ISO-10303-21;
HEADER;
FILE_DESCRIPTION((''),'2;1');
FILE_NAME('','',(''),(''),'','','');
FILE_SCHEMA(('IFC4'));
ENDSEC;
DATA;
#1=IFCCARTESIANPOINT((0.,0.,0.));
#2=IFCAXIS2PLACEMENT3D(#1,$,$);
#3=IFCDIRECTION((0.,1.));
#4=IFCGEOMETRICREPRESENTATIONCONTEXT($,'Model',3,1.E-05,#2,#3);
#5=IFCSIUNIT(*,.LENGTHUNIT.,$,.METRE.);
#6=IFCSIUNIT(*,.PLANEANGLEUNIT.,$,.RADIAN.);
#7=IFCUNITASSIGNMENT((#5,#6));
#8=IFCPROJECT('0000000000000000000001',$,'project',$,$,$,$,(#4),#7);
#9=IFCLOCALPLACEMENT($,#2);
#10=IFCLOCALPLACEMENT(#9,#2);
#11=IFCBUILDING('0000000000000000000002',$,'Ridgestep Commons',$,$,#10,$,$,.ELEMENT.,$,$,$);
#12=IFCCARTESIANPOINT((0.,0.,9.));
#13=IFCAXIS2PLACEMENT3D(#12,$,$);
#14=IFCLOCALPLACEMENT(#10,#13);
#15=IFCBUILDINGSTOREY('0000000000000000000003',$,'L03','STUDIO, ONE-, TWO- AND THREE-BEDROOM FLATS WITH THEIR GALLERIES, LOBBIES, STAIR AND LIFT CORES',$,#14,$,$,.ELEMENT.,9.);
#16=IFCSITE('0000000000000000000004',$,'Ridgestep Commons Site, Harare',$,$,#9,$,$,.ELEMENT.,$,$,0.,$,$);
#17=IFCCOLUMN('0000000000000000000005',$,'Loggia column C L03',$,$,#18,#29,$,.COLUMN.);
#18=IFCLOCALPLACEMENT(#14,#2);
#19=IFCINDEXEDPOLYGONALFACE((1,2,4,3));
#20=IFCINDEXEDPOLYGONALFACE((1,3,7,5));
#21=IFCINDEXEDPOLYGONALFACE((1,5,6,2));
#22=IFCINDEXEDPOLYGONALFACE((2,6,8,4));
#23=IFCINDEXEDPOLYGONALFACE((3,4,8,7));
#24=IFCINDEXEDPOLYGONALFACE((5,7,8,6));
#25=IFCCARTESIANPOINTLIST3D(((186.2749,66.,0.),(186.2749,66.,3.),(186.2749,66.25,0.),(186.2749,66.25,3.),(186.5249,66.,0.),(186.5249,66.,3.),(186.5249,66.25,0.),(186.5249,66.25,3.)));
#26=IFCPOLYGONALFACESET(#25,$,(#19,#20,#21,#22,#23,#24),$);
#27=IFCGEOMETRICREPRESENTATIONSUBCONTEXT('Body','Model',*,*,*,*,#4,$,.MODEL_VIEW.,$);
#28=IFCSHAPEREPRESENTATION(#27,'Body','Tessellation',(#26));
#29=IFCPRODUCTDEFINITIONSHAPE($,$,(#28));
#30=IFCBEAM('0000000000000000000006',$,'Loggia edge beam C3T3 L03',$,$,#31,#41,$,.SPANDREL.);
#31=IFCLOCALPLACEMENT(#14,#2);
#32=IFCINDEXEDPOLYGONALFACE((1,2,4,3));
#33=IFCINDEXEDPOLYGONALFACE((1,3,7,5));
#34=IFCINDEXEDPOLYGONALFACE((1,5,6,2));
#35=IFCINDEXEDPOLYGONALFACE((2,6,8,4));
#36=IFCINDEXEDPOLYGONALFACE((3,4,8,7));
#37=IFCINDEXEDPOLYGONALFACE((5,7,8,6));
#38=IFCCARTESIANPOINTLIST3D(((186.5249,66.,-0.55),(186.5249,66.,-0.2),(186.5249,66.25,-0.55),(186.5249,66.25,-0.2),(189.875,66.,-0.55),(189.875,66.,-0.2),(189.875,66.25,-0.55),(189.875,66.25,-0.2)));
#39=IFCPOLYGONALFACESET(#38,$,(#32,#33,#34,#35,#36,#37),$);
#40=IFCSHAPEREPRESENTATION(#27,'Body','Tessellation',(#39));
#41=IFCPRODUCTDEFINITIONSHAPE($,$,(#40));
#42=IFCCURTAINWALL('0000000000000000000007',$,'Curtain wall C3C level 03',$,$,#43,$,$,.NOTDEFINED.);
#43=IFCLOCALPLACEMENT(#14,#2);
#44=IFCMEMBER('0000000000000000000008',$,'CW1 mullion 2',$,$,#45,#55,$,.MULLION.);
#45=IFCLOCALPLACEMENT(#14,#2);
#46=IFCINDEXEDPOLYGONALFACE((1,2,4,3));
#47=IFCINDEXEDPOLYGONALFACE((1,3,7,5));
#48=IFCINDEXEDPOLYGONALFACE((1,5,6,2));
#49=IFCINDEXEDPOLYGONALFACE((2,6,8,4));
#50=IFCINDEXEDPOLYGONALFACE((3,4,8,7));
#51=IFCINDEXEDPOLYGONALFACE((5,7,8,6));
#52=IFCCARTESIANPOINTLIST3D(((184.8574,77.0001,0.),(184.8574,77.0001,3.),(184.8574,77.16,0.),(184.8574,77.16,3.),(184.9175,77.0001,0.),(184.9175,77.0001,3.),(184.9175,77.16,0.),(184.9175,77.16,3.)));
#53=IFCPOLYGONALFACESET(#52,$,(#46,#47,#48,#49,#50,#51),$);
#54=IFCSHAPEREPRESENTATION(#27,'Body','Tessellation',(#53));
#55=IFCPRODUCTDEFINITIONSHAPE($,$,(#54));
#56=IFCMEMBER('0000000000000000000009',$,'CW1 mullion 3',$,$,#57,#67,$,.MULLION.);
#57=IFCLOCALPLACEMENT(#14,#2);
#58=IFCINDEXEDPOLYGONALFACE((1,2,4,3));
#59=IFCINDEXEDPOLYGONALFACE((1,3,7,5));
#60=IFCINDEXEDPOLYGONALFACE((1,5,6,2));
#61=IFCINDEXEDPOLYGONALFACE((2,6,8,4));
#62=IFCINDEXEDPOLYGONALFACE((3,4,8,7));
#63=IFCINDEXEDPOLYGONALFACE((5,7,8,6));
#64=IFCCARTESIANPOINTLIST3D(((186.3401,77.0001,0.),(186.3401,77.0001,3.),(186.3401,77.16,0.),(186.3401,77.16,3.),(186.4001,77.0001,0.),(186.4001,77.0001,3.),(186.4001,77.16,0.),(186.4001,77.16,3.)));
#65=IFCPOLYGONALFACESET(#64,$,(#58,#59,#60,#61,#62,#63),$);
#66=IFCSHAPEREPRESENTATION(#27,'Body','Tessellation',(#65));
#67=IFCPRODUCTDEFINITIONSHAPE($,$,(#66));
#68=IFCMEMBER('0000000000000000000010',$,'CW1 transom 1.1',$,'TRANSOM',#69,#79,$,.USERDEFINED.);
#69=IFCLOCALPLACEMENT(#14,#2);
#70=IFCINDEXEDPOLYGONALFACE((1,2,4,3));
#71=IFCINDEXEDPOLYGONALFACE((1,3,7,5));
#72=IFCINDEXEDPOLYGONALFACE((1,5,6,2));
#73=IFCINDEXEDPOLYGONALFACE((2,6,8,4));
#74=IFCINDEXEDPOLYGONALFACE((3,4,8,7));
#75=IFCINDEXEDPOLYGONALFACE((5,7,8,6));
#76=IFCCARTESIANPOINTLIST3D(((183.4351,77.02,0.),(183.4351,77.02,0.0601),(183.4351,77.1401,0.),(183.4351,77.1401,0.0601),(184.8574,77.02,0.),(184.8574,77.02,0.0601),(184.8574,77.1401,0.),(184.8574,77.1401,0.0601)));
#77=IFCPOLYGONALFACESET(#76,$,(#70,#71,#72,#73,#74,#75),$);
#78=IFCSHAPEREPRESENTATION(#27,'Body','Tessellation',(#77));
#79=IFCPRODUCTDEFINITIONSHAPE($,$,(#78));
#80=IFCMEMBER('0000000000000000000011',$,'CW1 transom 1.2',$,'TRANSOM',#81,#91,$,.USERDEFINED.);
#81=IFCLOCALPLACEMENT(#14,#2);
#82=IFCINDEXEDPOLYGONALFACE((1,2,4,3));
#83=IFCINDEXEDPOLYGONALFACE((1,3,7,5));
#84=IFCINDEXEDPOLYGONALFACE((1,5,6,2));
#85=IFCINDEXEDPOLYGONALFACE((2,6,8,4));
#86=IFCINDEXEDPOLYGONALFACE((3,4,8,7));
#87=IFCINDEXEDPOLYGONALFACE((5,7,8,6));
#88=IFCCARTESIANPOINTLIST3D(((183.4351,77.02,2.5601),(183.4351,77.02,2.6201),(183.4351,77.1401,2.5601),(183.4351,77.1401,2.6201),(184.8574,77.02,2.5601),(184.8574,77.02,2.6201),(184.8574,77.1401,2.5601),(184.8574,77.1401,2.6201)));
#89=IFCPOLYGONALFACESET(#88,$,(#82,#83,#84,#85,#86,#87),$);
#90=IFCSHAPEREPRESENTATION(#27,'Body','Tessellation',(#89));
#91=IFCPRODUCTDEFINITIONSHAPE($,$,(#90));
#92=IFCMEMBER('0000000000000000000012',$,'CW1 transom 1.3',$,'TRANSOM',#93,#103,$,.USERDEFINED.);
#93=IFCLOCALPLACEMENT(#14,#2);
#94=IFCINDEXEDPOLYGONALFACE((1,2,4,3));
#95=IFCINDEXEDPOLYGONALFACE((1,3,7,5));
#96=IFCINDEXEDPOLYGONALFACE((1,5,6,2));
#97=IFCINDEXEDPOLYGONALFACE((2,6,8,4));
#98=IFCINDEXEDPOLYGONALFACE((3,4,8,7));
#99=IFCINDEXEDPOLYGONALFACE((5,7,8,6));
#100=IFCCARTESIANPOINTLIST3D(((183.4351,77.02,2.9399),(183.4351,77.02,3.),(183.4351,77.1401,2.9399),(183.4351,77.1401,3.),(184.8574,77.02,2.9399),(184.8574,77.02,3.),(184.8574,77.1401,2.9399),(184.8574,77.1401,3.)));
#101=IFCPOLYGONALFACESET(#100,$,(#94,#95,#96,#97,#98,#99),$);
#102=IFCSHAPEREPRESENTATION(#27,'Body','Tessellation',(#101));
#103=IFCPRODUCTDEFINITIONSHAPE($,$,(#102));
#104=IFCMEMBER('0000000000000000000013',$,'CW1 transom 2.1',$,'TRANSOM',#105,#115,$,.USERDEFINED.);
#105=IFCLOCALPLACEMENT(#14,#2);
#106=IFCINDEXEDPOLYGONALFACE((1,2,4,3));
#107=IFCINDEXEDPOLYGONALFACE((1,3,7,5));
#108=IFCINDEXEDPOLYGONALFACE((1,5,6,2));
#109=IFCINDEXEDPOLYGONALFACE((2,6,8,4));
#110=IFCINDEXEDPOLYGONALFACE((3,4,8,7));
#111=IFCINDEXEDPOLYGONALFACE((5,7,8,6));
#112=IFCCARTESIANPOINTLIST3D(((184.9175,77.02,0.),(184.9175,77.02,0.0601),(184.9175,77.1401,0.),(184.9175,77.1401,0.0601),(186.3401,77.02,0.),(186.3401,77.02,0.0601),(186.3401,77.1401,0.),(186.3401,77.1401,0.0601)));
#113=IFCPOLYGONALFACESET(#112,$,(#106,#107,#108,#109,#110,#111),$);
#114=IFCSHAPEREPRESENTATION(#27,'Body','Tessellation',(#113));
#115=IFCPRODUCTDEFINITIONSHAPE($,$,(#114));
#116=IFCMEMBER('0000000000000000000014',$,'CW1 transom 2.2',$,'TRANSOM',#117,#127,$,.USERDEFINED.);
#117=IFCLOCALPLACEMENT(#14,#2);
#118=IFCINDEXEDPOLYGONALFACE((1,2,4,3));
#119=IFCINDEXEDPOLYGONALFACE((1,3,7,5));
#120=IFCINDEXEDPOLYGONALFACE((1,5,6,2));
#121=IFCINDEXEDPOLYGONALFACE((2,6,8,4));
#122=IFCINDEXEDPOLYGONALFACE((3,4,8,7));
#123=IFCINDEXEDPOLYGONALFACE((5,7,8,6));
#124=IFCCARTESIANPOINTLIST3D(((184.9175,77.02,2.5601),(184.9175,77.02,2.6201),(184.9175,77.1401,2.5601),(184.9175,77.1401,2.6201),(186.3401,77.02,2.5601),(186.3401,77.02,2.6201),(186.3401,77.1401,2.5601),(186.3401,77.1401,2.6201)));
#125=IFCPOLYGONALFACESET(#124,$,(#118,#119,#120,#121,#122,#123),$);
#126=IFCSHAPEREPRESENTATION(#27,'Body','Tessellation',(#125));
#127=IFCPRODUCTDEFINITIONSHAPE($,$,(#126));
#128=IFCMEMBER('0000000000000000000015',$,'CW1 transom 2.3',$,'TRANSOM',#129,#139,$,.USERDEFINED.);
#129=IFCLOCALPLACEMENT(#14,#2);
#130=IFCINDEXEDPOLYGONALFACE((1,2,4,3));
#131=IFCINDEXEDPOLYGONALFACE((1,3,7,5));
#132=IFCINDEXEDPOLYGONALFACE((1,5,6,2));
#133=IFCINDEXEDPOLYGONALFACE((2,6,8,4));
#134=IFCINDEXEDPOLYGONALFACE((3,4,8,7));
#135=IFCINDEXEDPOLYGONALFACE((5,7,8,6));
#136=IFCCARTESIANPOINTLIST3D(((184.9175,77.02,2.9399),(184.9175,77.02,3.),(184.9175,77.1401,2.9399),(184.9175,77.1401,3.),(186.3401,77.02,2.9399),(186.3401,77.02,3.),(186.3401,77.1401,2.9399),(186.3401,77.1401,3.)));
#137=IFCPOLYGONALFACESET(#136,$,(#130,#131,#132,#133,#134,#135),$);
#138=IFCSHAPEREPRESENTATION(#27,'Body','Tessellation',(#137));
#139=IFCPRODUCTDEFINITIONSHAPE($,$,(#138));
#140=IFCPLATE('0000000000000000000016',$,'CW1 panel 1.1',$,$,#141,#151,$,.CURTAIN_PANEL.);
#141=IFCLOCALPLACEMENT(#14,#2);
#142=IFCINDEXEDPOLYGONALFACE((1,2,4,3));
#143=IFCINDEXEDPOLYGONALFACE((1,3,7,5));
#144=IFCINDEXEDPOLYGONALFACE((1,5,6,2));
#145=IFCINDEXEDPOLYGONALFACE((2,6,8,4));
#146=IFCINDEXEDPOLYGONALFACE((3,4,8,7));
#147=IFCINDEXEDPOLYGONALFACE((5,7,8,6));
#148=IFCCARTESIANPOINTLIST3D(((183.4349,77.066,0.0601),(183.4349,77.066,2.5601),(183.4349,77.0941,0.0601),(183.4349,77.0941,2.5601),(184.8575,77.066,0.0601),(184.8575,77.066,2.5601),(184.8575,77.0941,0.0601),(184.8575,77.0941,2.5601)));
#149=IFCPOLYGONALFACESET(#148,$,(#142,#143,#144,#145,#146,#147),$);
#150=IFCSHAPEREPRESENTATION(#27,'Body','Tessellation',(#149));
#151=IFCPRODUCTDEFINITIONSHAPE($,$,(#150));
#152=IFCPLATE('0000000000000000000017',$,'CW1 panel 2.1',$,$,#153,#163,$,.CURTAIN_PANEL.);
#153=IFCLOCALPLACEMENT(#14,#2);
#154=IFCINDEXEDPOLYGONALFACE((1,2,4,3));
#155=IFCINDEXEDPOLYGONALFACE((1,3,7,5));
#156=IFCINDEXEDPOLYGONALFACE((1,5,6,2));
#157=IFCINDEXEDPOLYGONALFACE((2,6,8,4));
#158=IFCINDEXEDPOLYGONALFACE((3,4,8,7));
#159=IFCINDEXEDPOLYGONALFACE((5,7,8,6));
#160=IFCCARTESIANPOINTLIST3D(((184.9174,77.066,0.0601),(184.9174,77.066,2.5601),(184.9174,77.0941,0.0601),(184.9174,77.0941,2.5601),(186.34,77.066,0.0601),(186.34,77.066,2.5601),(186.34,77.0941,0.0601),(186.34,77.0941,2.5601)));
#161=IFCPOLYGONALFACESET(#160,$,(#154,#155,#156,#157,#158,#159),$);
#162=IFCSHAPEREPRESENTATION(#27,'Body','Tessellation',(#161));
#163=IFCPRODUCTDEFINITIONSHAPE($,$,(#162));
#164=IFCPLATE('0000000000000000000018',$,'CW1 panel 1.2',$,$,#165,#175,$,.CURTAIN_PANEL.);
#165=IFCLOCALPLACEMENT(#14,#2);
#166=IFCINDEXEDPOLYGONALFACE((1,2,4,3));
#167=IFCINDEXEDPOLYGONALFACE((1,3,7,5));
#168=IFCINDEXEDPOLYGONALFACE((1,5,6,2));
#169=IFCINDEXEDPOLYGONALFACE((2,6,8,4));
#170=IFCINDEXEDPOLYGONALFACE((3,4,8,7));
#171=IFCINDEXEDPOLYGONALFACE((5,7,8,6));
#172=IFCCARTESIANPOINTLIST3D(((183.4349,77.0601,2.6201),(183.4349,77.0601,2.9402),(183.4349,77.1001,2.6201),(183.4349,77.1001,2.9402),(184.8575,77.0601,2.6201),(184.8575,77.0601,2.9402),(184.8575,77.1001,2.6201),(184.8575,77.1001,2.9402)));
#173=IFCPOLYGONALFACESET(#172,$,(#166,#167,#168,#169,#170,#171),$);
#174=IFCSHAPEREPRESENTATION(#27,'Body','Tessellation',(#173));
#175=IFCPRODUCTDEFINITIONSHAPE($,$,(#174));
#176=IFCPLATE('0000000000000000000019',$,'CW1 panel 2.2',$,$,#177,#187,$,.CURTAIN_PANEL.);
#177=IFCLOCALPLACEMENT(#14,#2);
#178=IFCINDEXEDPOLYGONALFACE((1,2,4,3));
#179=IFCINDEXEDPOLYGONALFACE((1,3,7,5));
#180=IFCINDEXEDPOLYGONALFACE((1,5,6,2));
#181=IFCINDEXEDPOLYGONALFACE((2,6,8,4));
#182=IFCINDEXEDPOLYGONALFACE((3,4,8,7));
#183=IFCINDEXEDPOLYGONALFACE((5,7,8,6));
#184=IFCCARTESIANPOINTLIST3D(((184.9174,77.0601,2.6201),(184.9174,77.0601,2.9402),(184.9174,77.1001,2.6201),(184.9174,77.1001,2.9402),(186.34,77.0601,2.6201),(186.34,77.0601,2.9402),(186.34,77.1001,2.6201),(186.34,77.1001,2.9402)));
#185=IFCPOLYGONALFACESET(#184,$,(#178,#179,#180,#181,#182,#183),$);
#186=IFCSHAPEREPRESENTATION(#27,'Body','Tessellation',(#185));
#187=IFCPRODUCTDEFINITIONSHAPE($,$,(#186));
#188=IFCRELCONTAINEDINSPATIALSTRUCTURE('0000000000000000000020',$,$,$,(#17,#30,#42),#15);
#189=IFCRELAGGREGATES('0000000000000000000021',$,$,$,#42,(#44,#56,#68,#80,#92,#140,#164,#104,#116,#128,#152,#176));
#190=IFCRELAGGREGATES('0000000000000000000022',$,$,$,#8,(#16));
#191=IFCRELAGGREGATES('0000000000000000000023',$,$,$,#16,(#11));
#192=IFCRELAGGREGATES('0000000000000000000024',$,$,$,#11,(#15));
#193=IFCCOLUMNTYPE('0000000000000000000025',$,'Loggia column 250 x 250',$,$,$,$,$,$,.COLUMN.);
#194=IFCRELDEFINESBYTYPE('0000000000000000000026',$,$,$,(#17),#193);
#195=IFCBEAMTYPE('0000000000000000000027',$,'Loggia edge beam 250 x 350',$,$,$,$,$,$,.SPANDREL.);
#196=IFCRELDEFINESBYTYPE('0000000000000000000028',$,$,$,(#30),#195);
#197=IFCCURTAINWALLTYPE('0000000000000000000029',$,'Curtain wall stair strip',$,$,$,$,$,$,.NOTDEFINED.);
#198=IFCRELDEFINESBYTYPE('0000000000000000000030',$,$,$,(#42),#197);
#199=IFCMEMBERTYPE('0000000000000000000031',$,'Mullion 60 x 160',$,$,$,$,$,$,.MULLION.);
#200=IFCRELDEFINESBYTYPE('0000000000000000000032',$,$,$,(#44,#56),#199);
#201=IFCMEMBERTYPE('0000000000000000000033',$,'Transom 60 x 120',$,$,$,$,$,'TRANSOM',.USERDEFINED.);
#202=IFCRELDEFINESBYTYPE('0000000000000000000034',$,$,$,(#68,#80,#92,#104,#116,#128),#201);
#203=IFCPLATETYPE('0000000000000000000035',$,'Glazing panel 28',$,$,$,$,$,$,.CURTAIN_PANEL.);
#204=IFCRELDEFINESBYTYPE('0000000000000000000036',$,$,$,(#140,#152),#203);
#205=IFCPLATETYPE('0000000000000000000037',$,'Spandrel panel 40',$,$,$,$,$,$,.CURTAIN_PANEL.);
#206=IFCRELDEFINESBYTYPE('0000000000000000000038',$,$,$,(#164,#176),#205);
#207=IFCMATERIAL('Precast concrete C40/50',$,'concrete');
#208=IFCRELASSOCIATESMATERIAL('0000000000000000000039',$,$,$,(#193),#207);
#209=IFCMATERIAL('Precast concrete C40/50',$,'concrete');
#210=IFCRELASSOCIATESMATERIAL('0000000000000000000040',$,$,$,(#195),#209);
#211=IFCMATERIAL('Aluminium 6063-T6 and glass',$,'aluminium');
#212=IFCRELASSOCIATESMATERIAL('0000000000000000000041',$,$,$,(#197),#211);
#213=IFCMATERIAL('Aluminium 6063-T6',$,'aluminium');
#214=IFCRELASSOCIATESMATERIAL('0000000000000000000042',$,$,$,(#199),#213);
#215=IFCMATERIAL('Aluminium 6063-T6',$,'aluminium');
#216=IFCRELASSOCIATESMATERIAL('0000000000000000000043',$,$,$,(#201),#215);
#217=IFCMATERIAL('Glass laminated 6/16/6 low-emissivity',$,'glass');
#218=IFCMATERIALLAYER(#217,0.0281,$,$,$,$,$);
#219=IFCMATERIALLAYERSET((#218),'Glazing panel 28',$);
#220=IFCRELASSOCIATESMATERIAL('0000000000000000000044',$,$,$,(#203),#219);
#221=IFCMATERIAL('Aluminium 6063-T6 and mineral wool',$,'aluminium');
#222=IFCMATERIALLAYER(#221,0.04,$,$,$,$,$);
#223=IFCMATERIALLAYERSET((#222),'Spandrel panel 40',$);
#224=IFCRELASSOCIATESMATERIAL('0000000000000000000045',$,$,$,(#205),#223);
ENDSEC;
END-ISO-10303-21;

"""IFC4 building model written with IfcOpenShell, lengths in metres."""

from ifc_helpers import new_model, si_unit, direction, frame, origin, origin_2d, place, context, subcontext, project, spatial, rectangle, extrude, material, layer, layer_set, material_profile, profile_set, type_object, element, aggregate, save


model = new_model("IFC4")

# Units and contexts
model_context = context("Model", 3, precision=1e-05, world=origin(), true_north=direction((0.0, 1.0)))
body_context = subcontext(model_context, "Body", "Model", "MODEL_VIEW")
ifc_project = project(units=[si_unit("LENGTHUNIT", "METRE"), si_unit("PLANEANGLEUNIT", "RADIAN")], contexts=[model_context])

# Site, building, storey
site_placement = place(None, origin())
site = spatial("IfcSite", under=ifc_project, at=site_placement, Name="Ridgestep Commons Site, Harare", CompositionType="ELEMENT", RefElevation=0.0)
building_placement = place(site_placement, origin())
building = spatial("IfcBuilding", under=site, at=building_placement, Name="Ridgestep Commons", CompositionType="ELEMENT")
storey_placement = place(building_placement, frame((0.0, 0.0, 9.0)))
storey = spatial("IfcBuildingStorey", under=building, at=storey_placement, Name="L03", Description="STUDIO, ONE-, TWO- AND THREE-BEDROOM FLATS WITH THEIR GALLERIES, LOBBIES, STAIR AND LIFT CORES", CompositionType="ELEMENT", Elevation=9.0)

# Column
ifc_material_1 = material(Name="Precast concrete C40/50", Category="concrete")
ifc_material_profile_1 = material_profile(ifc_material_1, rectangle(XDim=0.25, YDim=0.25, at=origin_2d()), Name="PC 250x250")
ifc_profile_set_1 = profile_set([ifc_material_profile_1], Name="Precast concrete C40/50")
column_type = type_object("IfcColumnType", Name="Loggia column 250 x 250", PredefinedType="COLUMN", material=ifc_profile_set_1)
column_placement = place(storey_placement, frame((186.3999, 66.125, 0.0), z_axis=(0.0, 0.0, 1.0), x_axis=(1.0, 0.0, 0.0)))
element("IfcColumn", 1, at=column_placement, inside=storey, type_object=column_type, Name="Loggia column C L03", PredefinedType="COLUMN", context=body_context, shape_type="SweptSolid", body=[
    extrude(rectangle(XDim=0.25, YDim=0.25, at=origin_2d()), origin(), (0.0, 0.0, 1.0), 3.0),
])

# Beam
ifc_material_2 = material(Name="Precast concrete C40/50", Category="concrete")
ifc_material_profile_2 = material_profile(ifc_material_2, rectangle(XDim=0.25, YDim=0.3501, at=origin_2d()), Name="PC 250x350")
ifc_profile_set_2 = profile_set([ifc_material_profile_2], Name="Precast concrete C40/50")
beam_type = type_object("IfcBeamType", Name="Loggia edge beam 250 x 350", PredefinedType="SPANDREL", material=ifc_profile_set_2)
beam_placement = place(storey_placement, frame((186.5249, 66.125, -0.375), z_axis=(1.0, 0.0, 0.0), x_axis=(0.0, 1.0, 0.0)))
element("IfcBeam", 2, at=beam_placement, inside=storey, type_object=beam_type, Name="Loggia edge beam C3T3 L03", PredefinedType="SPANDREL", context=body_context, shape_type="SweptSolid", body=[
    extrude(rectangle(XDim=0.25, YDim=0.3501, at=origin_2d()), origin(), (0.0, 0.0, 1.0), 3.3501),
])

# Curtain wall, members, plates
ifc_material_3 = material(Name="Aluminium 6063-T6 and glass", Category="aluminium")
curtain_wall_type = type_object("IfcCurtainWallType", Name="Curtain wall stair strip", PredefinedType="NOTDEFINED", material=ifc_material_3)
curtain_wall_placement = place(storey_placement, origin())
curtain_wall = element("IfcCurtainWall", 3, at=curtain_wall_placement, inside=storey, type_object=curtain_wall_type, Name="Curtain wall C3C level 03", PredefinedType="NOTDEFINED")
ifc_material_4 = material(Name="Aluminium 6063-T6", Category="aluminium")
ifc_material_profile_3 = material_profile(ifc_material_4, rectangle(XDim=0.1599, YDim=0.0601, at=origin_2d()), Name="Mullion 60 x 160")
ifc_profile_set_3 = profile_set([ifc_material_profile_3], Name="Aluminium 6063-T6")
member_type_1 = type_object("IfcMemberType", Name="Mullion 60 x 160", PredefinedType="MULLION", material=ifc_profile_set_3)
member_1_placement = place(storey_placement, frame((184.8875, 77.0801, 0.0), z_axis=(0.0, 0.0, 1.0), x_axis=(0.0, 1.0, 0.0)))
member_1 = element("IfcMember", 4, at=member_1_placement, type_object=member_type_1, Name="CW1 mullion 2", PredefinedType="MULLION", context=body_context, shape_type="SweptSolid", body=[
    extrude(rectangle(XDim=0.1599, YDim=0.0601, at=origin_2d()), origin(), (0.0, 0.0, 1.0), 3.0),
])
member_2_placement = place(storey_placement, frame((186.3701, 77.0801, 0.0), z_axis=(0.0, 0.0, 1.0), x_axis=(0.0, 1.0, 0.0)))
member_2 = element("IfcMember", 5, at=member_2_placement, type_object=member_type_1, Name="CW1 mullion 3", PredefinedType="MULLION", context=body_context, shape_type="SweptSolid", body=[
    extrude(rectangle(XDim=0.1599, YDim=0.0601, at=origin_2d()), origin(), (0.0, 0.0, 1.0), 3.0),
])
ifc_material_5 = material(Name="Aluminium 6063-T6", Category="aluminium")
ifc_material_profile_4 = material_profile(ifc_material_5, rectangle(XDim=0.1201, YDim=0.0601, at=origin_2d()), Name="Transom 60 x 120")
ifc_profile_set_4 = profile_set([ifc_material_profile_4], Name="Aluminium 6063-T6")
member_type_2 = type_object("IfcMemberType", Name="Transom 60 x 120", ElementType="TRANSOM", PredefinedType="USERDEFINED", material=ifc_profile_set_4)
member_3_placement = place(storey_placement, frame((183.4351, 77.0801, 0.03), z_axis=(1.0, 0.0, 0.0), x_axis=(0.0, 1.0, 0.0)))
member_3 = element("IfcMember", 6, at=member_3_placement, type_object=member_type_2, Name="CW1 transom 1.1", ObjectType="TRANSOM", PredefinedType="USERDEFINED", context=body_context, shape_type="SweptSolid", body=[
    extrude(rectangle(XDim=0.1201, YDim=0.0601, at=origin_2d()), origin(), (0.0, 0.0, 1.0), 1.4224),
])
member_4_placement = place(storey_placement, frame((183.4351, 77.0801, 2.5901), z_axis=(1.0, 0.0, 0.0), x_axis=(0.0, 1.0, 0.0)))
member_4 = element("IfcMember", 7, at=member_4_placement, type_object=member_type_2, Name="CW1 transom 1.2", ObjectType="TRANSOM", PredefinedType="USERDEFINED", context=body_context, shape_type="SweptSolid", body=[
    extrude(rectangle(XDim=0.1201, YDim=0.0601, at=origin_2d()), origin(), (0.0, 0.0, 1.0), 1.4224),
])
member_5_placement = place(storey_placement, frame((183.4351, 77.0801, 2.97), z_axis=(1.0, 0.0, 0.0), x_axis=(0.0, 1.0, 0.0)))
member_5 = element("IfcMember", 8, at=member_5_placement, type_object=member_type_2, Name="CW1 transom 1.3", ObjectType="TRANSOM", PredefinedType="USERDEFINED", context=body_context, shape_type="SweptSolid", body=[
    extrude(rectangle(XDim=0.1201, YDim=0.0601, at=origin_2d()), origin(), (0.0, 0.0, 1.0), 1.4224),
])
member_6_placement = place(storey_placement, frame((184.9175, 77.0801, 0.03), z_axis=(1.0, 0.0, 0.0), x_axis=(0.0, 1.0, 0.0)))
member_6 = element("IfcMember", 9, at=member_6_placement, type_object=member_type_2, Name="CW1 transom 2.1", ObjectType="TRANSOM", PredefinedType="USERDEFINED", context=body_context, shape_type="SweptSolid", body=[
    extrude(rectangle(XDim=0.1201, YDim=0.0601, at=origin_2d()), origin(), (0.0, 0.0, 1.0), 1.4226),
])
member_7_placement = place(storey_placement, frame((184.9175, 77.0801, 2.5901), z_axis=(1.0, 0.0, 0.0), x_axis=(0.0, 1.0, 0.0)))
member_7 = element("IfcMember", 10, at=member_7_placement, type_object=member_type_2, Name="CW1 transom 2.2", ObjectType="TRANSOM", PredefinedType="USERDEFINED", context=body_context, shape_type="SweptSolid", body=[
    extrude(rectangle(XDim=0.1201, YDim=0.0601, at=origin_2d()), origin(), (0.0, 0.0, 1.0), 1.4226),
])
member_8_placement = place(storey_placement, frame((184.9175, 77.0801, 2.97), z_axis=(1.0, 0.0, 0.0), x_axis=(0.0, 1.0, 0.0)))
member_8 = element("IfcMember", 11, at=member_8_placement, type_object=member_type_2, Name="CW1 transom 2.3", ObjectType="TRANSOM", PredefinedType="USERDEFINED", context=body_context, shape_type="SweptSolid", body=[
    extrude(rectangle(XDim=0.1201, YDim=0.0601, at=origin_2d()), origin(), (0.0, 0.0, 1.0), 1.4226),
])
ifc_material_6 = material(Name="Glass laminated 6/16/6 low-emissivity", Category="glass")
ifc_layer_1 = layer(ifc_material_6, 0.0281)
ifc_layer_set_1 = layer_set([ifc_layer_1], Name="Glazing panel 28")
plate_type_1 = type_object("IfcPlateType", Name="Glazing panel 28", PredefinedType="CURTAIN_PANEL", material=ifc_layer_set_1)
plate_1_placement = place(storey_placement, frame((184.1462, 77.0801, 0.0601), z_axis=(0.0, 0.0, 1.0), x_axis=(1.0, 0.0, 0.0)))
plate_1 = element("IfcPlate", 12, at=plate_1_placement, type_object=plate_type_1, Name="CW1 panel 1.1", PredefinedType="CURTAIN_PANEL", context=body_context, shape_type="SweptSolid", body=[
    extrude(rectangle(XDim=1.4226, YDim=0.0281, at=origin_2d()), origin(), (0.0, 0.0, 1.0), 2.5),
])
plate_2_placement = place(storey_placement, frame((185.6287, 77.0801, 0.0601), z_axis=(0.0, 0.0, 1.0), x_axis=(1.0, 0.0, 0.0)))
plate_2 = element("IfcPlate", 13, at=plate_2_placement, type_object=plate_type_1, Name="CW1 panel 2.1", PredefinedType="CURTAIN_PANEL", context=body_context, shape_type="SweptSolid", body=[
    extrude(rectangle(XDim=1.4226, YDim=0.0281, at=origin_2d()), origin(), (0.0, 0.0, 1.0), 2.5),
])
ifc_material_7 = material(Name="Aluminium 6063-T6 and mineral wool", Category="aluminium")
ifc_layer_2 = layer(ifc_material_7, 0.04)
ifc_layer_set_2 = layer_set([ifc_layer_2], Name="Spandrel panel 40")
plate_type_2 = type_object("IfcPlateType", Name="Spandrel panel 40", PredefinedType="CURTAIN_PANEL", material=ifc_layer_set_2)
plate_3_placement = place(storey_placement, frame((184.1462, 77.0801, 2.6201), z_axis=(0.0, 0.0, 1.0), x_axis=(1.0, 0.0, 0.0)))
plate_3 = element("IfcPlate", 14, at=plate_3_placement, type_object=plate_type_2, Name="CW1 panel 1.2", PredefinedType="CURTAIN_PANEL", context=body_context, shape_type="SweptSolid", body=[
    extrude(rectangle(XDim=1.4226, YDim=0.04, at=origin_2d()), origin(), (0.0, 0.0, 1.0), 0.3201),
])
plate_4_placement = place(storey_placement, frame((185.6287, 77.0801, 2.6201), z_axis=(0.0, 0.0, 1.0), x_axis=(1.0, 0.0, 0.0)))
plate_4 = element("IfcPlate", 15, at=plate_4_placement, type_object=plate_type_2, Name="CW1 panel 2.2", PredefinedType="CURTAIN_PANEL", context=body_context, shape_type="SweptSolid", body=[
    extrude(rectangle(XDim=1.4226, YDim=0.04, at=origin_2d()), origin(), (0.0, 0.0, 1.0), 0.3201),
])
aggregate(curtain_wall, [member_1, member_2, member_3, member_4, member_5, plate_1, plate_3, member_6, member_7, member_8, plate_2, plate_4])

save(model, "model.ifc")
